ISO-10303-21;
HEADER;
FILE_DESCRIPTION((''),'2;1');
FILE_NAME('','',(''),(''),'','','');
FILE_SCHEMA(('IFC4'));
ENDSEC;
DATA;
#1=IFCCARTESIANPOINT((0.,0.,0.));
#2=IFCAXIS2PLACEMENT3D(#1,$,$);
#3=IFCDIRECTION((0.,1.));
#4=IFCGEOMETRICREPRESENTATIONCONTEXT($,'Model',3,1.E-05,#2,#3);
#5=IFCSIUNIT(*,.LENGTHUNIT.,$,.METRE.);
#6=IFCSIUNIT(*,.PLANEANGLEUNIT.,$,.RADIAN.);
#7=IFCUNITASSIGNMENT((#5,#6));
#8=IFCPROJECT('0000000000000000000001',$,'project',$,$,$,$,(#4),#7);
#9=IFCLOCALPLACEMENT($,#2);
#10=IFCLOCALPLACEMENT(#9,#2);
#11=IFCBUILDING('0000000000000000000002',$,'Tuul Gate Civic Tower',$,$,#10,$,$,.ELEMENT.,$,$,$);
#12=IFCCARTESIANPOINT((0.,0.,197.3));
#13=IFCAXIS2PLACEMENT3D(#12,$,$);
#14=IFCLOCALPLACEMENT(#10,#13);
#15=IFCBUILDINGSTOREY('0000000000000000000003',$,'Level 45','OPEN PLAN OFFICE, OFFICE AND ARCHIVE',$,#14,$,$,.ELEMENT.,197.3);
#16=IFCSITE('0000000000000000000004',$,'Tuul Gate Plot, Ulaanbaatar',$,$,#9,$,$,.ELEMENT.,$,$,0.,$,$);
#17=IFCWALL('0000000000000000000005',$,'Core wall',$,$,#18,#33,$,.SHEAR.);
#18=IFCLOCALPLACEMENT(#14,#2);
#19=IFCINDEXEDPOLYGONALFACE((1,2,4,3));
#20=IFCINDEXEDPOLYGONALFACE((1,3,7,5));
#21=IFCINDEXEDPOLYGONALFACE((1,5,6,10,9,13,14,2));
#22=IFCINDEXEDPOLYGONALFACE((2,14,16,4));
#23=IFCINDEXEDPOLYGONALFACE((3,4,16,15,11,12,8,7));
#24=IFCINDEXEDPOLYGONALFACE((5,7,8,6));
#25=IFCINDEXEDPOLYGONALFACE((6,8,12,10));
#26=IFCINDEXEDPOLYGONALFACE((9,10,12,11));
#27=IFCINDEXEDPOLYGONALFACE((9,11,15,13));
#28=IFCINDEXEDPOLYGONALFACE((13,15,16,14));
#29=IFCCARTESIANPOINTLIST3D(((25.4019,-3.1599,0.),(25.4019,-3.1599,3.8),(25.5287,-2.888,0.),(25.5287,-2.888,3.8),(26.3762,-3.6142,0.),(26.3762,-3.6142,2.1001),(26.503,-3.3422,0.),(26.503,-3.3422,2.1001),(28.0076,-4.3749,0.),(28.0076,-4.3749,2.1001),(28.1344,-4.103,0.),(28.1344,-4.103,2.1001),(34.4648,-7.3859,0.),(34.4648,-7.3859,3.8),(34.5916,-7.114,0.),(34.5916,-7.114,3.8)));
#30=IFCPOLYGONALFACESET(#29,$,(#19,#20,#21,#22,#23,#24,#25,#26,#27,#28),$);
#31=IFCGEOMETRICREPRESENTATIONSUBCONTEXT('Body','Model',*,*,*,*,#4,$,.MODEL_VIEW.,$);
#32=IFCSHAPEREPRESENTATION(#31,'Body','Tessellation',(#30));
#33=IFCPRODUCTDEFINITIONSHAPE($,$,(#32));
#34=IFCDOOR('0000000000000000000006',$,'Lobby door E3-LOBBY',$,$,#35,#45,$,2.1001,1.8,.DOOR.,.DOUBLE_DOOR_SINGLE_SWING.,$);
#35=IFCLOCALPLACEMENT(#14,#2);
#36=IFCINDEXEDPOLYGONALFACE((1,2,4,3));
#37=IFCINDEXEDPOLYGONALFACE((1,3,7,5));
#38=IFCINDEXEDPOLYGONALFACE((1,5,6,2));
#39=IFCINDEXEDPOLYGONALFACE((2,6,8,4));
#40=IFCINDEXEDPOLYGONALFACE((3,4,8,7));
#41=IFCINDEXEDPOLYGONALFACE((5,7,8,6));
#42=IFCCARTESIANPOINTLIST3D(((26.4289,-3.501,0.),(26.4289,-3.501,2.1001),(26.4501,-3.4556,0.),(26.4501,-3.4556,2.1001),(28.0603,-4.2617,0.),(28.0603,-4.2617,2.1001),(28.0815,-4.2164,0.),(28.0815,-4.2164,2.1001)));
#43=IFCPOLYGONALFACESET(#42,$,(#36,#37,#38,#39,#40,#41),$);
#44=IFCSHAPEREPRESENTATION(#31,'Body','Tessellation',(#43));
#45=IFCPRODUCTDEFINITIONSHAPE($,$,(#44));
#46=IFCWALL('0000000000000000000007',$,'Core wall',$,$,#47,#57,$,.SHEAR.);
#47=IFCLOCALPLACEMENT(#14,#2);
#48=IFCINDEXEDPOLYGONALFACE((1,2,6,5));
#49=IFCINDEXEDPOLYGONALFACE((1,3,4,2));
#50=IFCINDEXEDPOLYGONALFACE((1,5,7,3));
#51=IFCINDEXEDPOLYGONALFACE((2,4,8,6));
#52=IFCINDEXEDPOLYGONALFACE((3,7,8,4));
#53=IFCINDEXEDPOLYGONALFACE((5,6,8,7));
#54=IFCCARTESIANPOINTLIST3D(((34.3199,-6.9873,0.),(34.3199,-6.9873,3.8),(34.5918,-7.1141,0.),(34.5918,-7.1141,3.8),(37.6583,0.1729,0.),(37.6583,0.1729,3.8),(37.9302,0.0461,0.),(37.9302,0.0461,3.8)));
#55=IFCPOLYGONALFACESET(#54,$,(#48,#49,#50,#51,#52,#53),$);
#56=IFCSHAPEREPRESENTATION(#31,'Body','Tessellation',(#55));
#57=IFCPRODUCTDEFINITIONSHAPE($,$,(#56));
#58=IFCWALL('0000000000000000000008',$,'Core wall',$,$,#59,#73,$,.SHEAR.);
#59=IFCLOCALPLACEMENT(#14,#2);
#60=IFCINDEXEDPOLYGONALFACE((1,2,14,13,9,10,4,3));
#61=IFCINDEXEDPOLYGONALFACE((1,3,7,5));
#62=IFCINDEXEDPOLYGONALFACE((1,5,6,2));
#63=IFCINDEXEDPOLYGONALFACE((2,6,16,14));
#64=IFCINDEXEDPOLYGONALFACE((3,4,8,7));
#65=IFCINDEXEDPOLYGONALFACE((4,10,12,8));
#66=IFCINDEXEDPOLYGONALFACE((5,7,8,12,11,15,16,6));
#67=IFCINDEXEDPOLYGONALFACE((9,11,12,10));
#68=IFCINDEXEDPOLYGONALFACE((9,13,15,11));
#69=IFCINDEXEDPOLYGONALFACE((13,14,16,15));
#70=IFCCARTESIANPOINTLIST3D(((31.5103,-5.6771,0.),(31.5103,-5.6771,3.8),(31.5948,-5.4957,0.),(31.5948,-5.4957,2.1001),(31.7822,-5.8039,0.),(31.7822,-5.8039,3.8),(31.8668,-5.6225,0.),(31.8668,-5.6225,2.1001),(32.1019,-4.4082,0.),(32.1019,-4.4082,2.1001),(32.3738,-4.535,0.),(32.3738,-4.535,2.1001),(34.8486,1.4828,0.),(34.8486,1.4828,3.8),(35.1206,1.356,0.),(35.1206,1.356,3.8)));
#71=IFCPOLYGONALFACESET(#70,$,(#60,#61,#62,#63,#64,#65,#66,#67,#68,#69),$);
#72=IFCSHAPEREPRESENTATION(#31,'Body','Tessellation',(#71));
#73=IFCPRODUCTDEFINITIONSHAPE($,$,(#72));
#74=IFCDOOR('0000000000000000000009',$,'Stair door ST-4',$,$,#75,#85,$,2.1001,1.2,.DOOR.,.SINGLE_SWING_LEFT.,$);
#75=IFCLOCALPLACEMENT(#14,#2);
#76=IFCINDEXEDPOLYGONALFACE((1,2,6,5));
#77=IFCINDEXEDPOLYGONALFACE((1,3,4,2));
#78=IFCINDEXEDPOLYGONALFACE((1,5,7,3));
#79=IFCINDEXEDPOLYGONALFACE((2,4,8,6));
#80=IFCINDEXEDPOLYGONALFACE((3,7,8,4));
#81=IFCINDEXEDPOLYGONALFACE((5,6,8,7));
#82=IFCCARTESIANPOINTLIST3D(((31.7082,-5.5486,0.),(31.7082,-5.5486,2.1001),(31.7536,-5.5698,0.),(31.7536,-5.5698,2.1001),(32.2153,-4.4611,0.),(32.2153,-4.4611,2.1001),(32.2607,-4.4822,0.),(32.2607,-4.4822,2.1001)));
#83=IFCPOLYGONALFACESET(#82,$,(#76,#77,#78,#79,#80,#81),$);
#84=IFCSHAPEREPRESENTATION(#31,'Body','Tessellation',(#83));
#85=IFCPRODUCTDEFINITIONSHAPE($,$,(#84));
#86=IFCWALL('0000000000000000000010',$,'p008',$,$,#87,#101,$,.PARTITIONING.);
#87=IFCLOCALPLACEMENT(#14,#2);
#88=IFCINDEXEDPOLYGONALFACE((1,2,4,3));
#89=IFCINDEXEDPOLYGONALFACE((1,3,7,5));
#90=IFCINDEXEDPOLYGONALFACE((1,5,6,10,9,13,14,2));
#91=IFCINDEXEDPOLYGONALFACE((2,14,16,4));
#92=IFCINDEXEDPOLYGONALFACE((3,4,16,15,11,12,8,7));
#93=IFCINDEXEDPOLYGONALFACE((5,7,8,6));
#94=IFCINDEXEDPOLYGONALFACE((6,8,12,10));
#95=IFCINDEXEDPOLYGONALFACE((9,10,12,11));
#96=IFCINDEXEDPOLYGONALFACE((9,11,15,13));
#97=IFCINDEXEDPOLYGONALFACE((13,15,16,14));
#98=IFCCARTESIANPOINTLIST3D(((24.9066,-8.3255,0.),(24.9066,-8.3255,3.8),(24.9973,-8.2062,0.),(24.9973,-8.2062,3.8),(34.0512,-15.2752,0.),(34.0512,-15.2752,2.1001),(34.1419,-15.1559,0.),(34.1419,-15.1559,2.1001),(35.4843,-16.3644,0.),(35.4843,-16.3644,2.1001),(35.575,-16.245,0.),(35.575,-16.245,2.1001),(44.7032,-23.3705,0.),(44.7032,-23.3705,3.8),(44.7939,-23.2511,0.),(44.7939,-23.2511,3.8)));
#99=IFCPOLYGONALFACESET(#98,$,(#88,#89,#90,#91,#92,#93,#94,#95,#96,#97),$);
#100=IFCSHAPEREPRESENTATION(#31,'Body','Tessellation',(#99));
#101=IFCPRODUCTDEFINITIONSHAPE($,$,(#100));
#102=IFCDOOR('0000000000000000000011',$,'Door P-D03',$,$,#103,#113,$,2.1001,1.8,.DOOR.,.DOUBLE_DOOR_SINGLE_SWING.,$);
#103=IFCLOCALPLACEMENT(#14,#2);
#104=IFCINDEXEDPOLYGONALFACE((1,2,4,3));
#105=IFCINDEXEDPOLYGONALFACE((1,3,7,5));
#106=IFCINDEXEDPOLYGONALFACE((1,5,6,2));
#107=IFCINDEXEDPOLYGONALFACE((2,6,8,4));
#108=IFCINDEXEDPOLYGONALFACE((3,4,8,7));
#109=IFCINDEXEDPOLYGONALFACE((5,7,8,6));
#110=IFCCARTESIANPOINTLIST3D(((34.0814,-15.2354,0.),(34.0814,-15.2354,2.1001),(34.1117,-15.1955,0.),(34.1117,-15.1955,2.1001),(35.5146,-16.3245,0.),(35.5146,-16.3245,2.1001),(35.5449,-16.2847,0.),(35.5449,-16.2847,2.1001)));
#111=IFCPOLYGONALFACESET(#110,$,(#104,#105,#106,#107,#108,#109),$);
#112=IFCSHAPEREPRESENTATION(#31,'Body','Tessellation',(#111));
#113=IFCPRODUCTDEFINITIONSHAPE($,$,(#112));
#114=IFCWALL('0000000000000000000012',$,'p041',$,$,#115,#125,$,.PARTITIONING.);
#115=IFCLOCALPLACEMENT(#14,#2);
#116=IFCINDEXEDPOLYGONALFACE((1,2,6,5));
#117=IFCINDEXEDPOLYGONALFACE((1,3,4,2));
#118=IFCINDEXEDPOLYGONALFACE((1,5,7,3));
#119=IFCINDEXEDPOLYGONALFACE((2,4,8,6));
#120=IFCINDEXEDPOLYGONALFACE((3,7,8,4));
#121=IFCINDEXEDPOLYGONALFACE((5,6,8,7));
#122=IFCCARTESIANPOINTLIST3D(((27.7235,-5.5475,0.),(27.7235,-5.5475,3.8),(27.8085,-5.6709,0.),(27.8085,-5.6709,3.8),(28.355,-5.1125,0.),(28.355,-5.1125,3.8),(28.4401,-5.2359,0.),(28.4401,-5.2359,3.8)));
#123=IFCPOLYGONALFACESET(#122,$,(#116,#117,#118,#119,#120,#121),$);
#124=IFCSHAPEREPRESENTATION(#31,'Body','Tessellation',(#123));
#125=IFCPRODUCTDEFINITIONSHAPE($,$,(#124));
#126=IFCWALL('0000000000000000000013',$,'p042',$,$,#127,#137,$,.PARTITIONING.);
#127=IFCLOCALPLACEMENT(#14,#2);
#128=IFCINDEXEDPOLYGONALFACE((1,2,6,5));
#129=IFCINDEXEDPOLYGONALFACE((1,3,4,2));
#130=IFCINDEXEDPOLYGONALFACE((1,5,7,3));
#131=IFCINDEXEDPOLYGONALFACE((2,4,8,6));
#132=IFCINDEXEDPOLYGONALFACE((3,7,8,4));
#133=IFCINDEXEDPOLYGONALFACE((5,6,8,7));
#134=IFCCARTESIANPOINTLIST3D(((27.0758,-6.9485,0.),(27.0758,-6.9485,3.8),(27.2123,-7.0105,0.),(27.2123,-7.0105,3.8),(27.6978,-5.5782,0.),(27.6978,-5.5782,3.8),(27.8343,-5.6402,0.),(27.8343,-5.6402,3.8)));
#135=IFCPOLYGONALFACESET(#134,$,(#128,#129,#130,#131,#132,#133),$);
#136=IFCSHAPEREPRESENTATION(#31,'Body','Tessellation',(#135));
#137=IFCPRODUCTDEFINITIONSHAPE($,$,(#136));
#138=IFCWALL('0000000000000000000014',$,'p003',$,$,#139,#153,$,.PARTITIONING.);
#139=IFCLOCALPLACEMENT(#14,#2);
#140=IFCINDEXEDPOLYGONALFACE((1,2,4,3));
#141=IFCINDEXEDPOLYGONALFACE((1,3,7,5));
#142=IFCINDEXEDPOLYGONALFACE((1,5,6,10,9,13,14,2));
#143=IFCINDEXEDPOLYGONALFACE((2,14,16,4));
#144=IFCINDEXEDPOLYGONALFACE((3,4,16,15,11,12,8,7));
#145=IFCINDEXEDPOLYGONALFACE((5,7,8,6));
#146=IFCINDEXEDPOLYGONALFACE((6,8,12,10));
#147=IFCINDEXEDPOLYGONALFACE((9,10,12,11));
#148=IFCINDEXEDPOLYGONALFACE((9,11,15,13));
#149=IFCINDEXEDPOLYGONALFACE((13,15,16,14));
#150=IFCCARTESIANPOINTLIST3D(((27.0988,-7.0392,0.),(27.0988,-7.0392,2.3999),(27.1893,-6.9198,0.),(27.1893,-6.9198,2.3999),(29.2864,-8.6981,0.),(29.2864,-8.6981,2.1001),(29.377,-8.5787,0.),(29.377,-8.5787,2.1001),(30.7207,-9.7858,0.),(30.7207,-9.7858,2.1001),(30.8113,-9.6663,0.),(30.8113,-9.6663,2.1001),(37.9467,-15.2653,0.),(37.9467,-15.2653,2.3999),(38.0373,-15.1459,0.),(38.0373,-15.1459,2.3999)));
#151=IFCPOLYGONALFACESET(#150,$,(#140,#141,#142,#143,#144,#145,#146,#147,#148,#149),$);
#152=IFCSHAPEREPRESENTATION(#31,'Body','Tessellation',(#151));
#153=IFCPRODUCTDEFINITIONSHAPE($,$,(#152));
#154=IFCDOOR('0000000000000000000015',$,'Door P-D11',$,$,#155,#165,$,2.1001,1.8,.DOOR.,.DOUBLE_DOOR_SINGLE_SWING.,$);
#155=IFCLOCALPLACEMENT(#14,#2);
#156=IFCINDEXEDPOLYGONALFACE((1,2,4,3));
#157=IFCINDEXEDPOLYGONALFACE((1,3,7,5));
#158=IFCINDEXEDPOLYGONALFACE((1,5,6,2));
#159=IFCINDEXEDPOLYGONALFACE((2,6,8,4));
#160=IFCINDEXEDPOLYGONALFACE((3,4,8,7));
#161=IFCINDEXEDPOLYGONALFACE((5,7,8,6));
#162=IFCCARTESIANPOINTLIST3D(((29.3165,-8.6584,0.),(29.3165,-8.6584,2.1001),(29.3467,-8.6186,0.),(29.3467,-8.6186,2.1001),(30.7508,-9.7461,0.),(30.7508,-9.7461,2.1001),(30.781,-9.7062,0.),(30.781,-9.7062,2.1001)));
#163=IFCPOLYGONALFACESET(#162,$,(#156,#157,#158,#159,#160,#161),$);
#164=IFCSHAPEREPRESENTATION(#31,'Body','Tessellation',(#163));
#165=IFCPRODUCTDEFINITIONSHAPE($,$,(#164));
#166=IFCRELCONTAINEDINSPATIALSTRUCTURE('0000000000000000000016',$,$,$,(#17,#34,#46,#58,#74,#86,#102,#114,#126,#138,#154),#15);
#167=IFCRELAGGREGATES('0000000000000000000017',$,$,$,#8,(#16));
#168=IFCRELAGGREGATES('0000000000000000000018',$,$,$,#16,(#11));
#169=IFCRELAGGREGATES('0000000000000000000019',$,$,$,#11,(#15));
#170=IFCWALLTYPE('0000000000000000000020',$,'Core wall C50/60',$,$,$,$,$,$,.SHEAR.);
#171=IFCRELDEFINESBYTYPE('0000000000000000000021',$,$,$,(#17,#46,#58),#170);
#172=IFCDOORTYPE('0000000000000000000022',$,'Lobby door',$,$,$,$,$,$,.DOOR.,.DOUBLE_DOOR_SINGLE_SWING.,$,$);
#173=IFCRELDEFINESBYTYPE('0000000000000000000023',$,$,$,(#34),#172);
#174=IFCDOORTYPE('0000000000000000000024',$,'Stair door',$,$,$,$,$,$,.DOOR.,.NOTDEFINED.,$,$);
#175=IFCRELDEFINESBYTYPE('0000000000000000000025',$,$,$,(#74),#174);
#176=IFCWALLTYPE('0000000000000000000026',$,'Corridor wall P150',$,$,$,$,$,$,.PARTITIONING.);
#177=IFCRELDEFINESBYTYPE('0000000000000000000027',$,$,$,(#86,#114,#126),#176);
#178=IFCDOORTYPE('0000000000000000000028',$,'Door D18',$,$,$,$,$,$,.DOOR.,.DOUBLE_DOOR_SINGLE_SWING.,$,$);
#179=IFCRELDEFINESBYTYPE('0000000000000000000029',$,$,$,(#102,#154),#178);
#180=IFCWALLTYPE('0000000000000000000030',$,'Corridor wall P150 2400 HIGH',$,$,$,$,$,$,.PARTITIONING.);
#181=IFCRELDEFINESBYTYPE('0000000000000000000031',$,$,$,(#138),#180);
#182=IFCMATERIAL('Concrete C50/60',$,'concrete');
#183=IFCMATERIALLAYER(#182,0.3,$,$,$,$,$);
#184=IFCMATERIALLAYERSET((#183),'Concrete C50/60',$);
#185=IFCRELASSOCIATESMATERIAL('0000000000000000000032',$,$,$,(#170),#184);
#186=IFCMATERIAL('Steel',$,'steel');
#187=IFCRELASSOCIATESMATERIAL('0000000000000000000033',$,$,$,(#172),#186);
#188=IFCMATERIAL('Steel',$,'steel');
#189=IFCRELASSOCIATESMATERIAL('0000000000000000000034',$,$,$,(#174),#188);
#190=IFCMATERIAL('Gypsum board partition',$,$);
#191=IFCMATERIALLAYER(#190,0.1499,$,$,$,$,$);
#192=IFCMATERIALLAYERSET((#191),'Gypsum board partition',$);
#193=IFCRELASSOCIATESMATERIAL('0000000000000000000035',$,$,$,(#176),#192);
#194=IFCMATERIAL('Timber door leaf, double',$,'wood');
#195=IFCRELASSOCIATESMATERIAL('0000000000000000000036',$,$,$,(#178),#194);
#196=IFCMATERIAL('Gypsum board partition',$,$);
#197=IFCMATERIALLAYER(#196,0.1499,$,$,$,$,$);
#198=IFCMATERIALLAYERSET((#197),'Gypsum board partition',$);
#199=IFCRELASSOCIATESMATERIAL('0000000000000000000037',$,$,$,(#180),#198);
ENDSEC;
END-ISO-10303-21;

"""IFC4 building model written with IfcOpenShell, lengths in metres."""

from ifc_helpers import new_model, si_unit, direction, frame, frame_2d, origin, place, context, subcontext, project, spatial, rectangle, extrude, material, layer, layer_set, type_object, element, fill, save


model = new_model("IFC4")

# Units and contexts
model_context = context("Model", 3, precision=1e-05, world=origin(), true_north=direction((0.0, 1.0)))
body_context = subcontext(model_context, "Body", "Model", "MODEL_VIEW")
ifc_project = project(units=[si_unit("LENGTHUNIT", "METRE"), si_unit("PLANEANGLEUNIT", "RADIAN")], contexts=[model_context])

# Site, building, storey
site_placement = place(None, origin())
site = spatial("IfcSite", under=ifc_project, at=site_placement, Name="Tuul Gate Plot, Ulaanbaatar", CompositionType="ELEMENT", RefElevation=0.0)
building_placement = place(site_placement, origin())
building = spatial("IfcBuilding", under=site, at=building_placement, Name="Tuul Gate Civic Tower", CompositionType="ELEMENT")
storey_placement = place(building_placement, frame((0.0, 0.0, 197.3)))
storey = spatial("IfcBuildingStorey", under=building, at=storey_placement, Name="Level 45", Description="OPEN PLAN OFFICE, OFFICE AND ARCHIVE", CompositionType="ELEMENT", Elevation=197.3)

# Wall, opening, door
ifc_material_1 = material(Name="Concrete C50/60", Category="concrete")
ifc_layer_1 = layer(ifc_material_1, 0.3)
ifc_layer_set_1 = layer_set([ifc_layer_1], Name="Concrete C50/60")
wall_type_1 = type_object("IfcWallType", Name="Core wall C50/60", PredefinedType="SHEAR", material=ifc_layer_set_1)
wall_1_placement = place(storey_placement, frame((34.5283, -7.25, 0.0), z_axis=(0.0, 0.0, 1.0), x_axis=(-0.90631, 0.422613, 0.0)))
wall_1 = element("IfcWall", 1, at=wall_1_placement, inside=storey, type_object=wall_type_1, Name="Core wall", PredefinedType="SHEAR", context=body_context, shape_type="SweptSolid", body=[
    extrude(rectangle(XDim=9.9998, YDim=0.3, at=frame_2d((5.0, 0.0))), origin(), (0.0, 0.0, 1.0), 3.8),
])
opening_1_placement = place(wall_1_placement, frame((7.125, 0.0, 0.0)))
opening_1 = element("IfcOpeningElement", 2, at=opening_1_placement, cuts=wall_1, PredefinedType="OPENING", context=body_context, shape_type="SweptSolid", body=[
    extrude(rectangle(XDim=1.8, YDim=2.1001, at=frame_2d((0.8999, 1.05))), frame((0.0, 0.1602, 0.0), z_axis=(0.0, -1.0, 0.0), x_axis=(1.0, 0.0, 0.0)), (0.0, 0.0, 1.0), 0.3201),
])
ifc_material_2 = material(Name="Steel", Category="steel")
door_type_1 = type_object("IfcDoorType", Name="Lobby door", OperationType="DOUBLE_DOOR_SINGLE_SWING", PredefinedType="DOOR", material=ifc_material_2)
door_1_placement = place(opening_1_placement, frame((1.8, 0.0, 0.0), z_axis=(0.0, 0.0, 1.0), x_axis=(-1.0, 0.0, 0.0)))
door_1 = element("IfcDoor", 3, at=door_1_placement, inside=storey, type_object=door_type_1, Name="Lobby door E3-LOBBY", OperationType="DOUBLE_DOOR_SINGLE_SWING", OverallHeight=2.1001, OverallWidth=1.8, PredefinedType="DOOR", context=body_context, shape_type="SweptSolid", body=[
    extrude(rectangle(XDim=1.8, YDim=2.1001, at=frame_2d((0.9001, 1.05))), frame((0.0, 0.0249, 0.0), z_axis=(0.0, -1.0, 0.0), x_axis=(1.0, 0.0, 0.0)), (0.0, 0.0, 1.0), 0.05),
])
fill(opening_1, door_1)

# Wall
wall_2_placement = place(storey_placement, frame((34.4558, -7.0508, 0.0), z_axis=(0.0, 0.0, 1.0), x_axis=(0.422571, 0.90633, 0.0)))
element("IfcWall", 4, at=wall_2_placement, inside=storey, type_object=wall_type_1, Name="Core wall", PredefinedType="SHEAR", context=body_context, shape_type="SweptSolid", body=[
    extrude(rectangle(XDim=7.9001, YDim=0.3, at=frame_2d((3.9502, 0.0))), origin(), (0.0, 0.0, 1.0), 3.8),
])

# Walls, openings, doors
wall_3_placement = place(storey_placement, frame((31.6462, -5.7405, 0.0), z_axis=(0.0, 0.0, 1.0), x_axis=(0.422583, 0.906324, 0.0)))
wall_3 = element("IfcWall", 5, at=wall_3_placement, inside=storey, type_object=wall_type_1, Name="Core wall", PredefinedType="SHEAR", context=body_context, shape_type="SweptSolid", body=[
    extrude(rectangle(XDim=7.8999, YDim=0.3, at=frame_2d((3.95, 0.0))), origin(), (0.0, 0.0, 1.0), 3.8),
])
opening_2_placement = place(wall_3_placement, frame((0.2, 0.0, 0.0)))
opening_2 = element("IfcOpeningElement", 6, at=opening_2_placement, cuts=wall_3, PredefinedType="OPENING", context=body_context, shape_type="SweptSolid", body=[
    extrude(rectangle(XDim=1.2, YDim=2.1001, at=frame_2d((0.6001, 1.05))), frame((0.0, 0.1602, 0.0), z_axis=(0.0, -1.0, 0.0), x_axis=(1.0, 0.0, 0.0)), (0.0, 0.0, 1.0), 0.3201),
])
ifc_material_3 = material(Name="Steel", Category="steel")
door_type_2 = type_object("IfcDoorType", Name="Stair door", OperationType="NOTDEFINED", PredefinedType="DOOR", material=ifc_material_3)
door_2_placement = place(opening_2_placement, origin())
door_2 = element("IfcDoor", 7, at=door_2_placement, inside=storey, type_object=door_type_2, Name="Stair door ST-4", OperationType="SINGLE_SWING_LEFT", OverallHeight=2.1001, OverallWidth=1.2, PredefinedType="DOOR", context=body_context, shape_type="SweptSolid", body=[
    extrude(rectangle(XDim=1.2, YDim=2.1001, at=frame_2d((0.6001, 1.05))), frame((0.0, 0.0249, 0.0), z_axis=(0.0, -1.0, 0.0), x_axis=(1.0, 0.0, 0.0)), (0.0, 0.0, 1.0), 0.05),
])
fill(opening_2, door_2)
ifc_material_4 = material(Name="Gypsum board partition")
ifc_layer_2 = layer(ifc_material_4, 0.1499)
ifc_layer_set_2 = layer_set([ifc_layer_2], Name="Gypsum board partition")
wall_type_2 = type_object("IfcWallType", Name="Corridor wall P150", PredefinedType="PARTITIONING", material=ifc_layer_set_2)
wall_4_placement = place(storey_placement, frame((24.9519, -8.2659, 0.0), z_axis=(0.0, 0.0, 1.0), x_axis=(0.796172, -0.60507, 0.0)))
wall_4 = element("IfcWall", 8, at=wall_4_placement, inside=storey, type_object=wall_type_2, Name="p008", PredefinedType="PARTITIONING", context=body_context, shape_type="SweptSolid", body=[
    extrude(rectangle(XDim=24.8647, YDim=0.1499, at=frame_2d((12.4324, 0.0))), origin(), (0.0, 0.0, 1.0), 3.8),
])
opening_3_placement = place(wall_4_placement, frame((11.4858, 0.0, 0.0)))
opening_3 = element("IfcOpeningElement", 9, at=opening_3_placement, cuts=wall_4, PredefinedType="OPENING", context=body_context, shape_type="SweptSolid", body=[
    extrude(rectangle(XDim=1.8, YDim=2.1001, at=frame_2d((0.8999, 1.05))), frame((0.0, 0.085, 0.0), z_axis=(0.0, -1.0, 0.0), x_axis=(1.0, 0.0, 0.0)), (0.0, 0.0, 1.0), 0.1699),
])
ifc_material_5 = material(Name="Timber door leaf, double", Category="wood")
door_type_3 = type_object("IfcDoorType", Name="Door D18", OperationType="DOUBLE_DOOR_SINGLE_SWING", PredefinedType="DOOR", material=ifc_material_5)
door_3_placement = place(opening_3_placement, frame((1.8, 0.0, 0.0), z_axis=(0.0, 0.0, 1.0), x_axis=(-1.0, 0.0, 0.0)))
door_3 = element("IfcDoor", 10, at=door_3_placement, inside=storey, type_object=door_type_3, Name="Door P-D03", OperationType="DOUBLE_DOOR_SINGLE_SWING", OverallHeight=2.1001, OverallWidth=1.8, PredefinedType="DOOR", context=body_context, shape_type="SweptSolid", body=[
    extrude(rectangle(XDim=1.8, YDim=2.1001, at=frame_2d((0.9001, 1.05))), frame((0.0, 0.0249, 0.0), z_axis=(0.0, -1.0, 0.0), x_axis=(1.0, 0.0, 0.0)), (0.0, 0.0, 1.0), 0.05),
])
fill(opening_3, door_3)

# Walls
wall_5_placement = place(storey_placement, frame((27.7661, -5.6091, 0.0), z_axis=(0.0, 0.0, 1.0), x_axis=(0.823531, 0.567272, 0.0)))
element("IfcWall", 11, at=wall_5_placement, inside=storey, type_object=wall_type_2, Name="p041", PredefinedType="PARTITIONING", context=body_context, shape_type="SweptSolid", body=[
    extrude(rectangle(XDim=0.7668, YDim=0.1499, at=frame_2d((0.3833, 0.0))), origin(), (0.0, 0.0, 1.0), 3.8),
])
wall_6_placement = place(storey_placement, frame((27.144, -6.9795, 0.0), z_axis=(0.0, 0.0, 1.0), x_axis=(0.413351, 0.910572, 0.0)))
element("IfcWall", 12, at=wall_6_placement, inside=storey, type_object=wall_type_2, Name="p042", PredefinedType="PARTITIONING", context=body_context, shape_type="SweptSolid", body=[
    extrude(rectangle(XDim=1.5049, YDim=0.1499, at=frame_2d((0.7524, 0.0))), origin(), (0.0, 0.0, 1.0), 3.8),
])

# Wall, opening, door
ifc_material_6 = material(Name="Gypsum board partition")
ifc_layer_3 = layer(ifc_material_6, 0.1499)
ifc_layer_set_3 = layer_set([ifc_layer_3], Name="Gypsum board partition")
wall_type_3 = type_object("IfcWallType", Name="Corridor wall P150 2400 HIGH", PredefinedType="PARTITIONING", material=ifc_layer_set_3)
wall_7_placement = place(storey_placement, frame((27.144, -6.9795, 0.0), z_axis=(0.0, 0.0, 1.0), x_axis=(0.79681, -0.604229, 0.0)))
wall_7 = element("IfcWall", 13, at=wall_7_placement, inside=storey, type_object=wall_type_3, Name="p003", PredefinedType="PARTITIONING", context=body_context, shape_type="SweptSolid", body=[
    extrude(rectangle(XDim=13.6143, YDim=0.1499, at=frame_2d((6.8071, 0.0))), origin(), (0.0, 0.0, 1.0), 2.3999),
])
opening_4_placement = place(wall_7_placement, frame((2.7456, 0.0, 0.0)))
opening_4 = element("IfcOpeningElement", 14, at=opening_4_placement, cuts=wall_7, PredefinedType="OPENING", context=body_context, shape_type="SweptSolid", body=[
    extrude(rectangle(XDim=1.8, YDim=2.1001, at=frame_2d((0.8999, 1.05))), frame((0.0, 0.085, 0.0), z_axis=(0.0, -1.0, 0.0), x_axis=(1.0, 0.0, 0.0)), (0.0, 0.0, 1.0), 0.1699),
])
door_4_placement = place(opening_4_placement, origin())
door_4 = element("IfcDoor", 15, at=door_4_placement, inside=storey, type_object=door_type_3, Name="Door P-D11", OperationType="DOUBLE_DOOR_SINGLE_SWING", OverallHeight=2.1001, OverallWidth=1.8, PredefinedType="DOOR", context=body_context, shape_type="SweptSolid", body=[
    extrude(rectangle(XDim=1.8, YDim=2.1001, at=frame_2d((0.8999, 1.05))), frame((0.0, 0.0249, 0.0), z_axis=(0.0, -1.0, 0.0), x_axis=(1.0, 0.0, 0.0)), (0.0, 0.0, 1.0), 0.05),
])
fill(opening_4, door_4)

save(model, "model.ifc")
